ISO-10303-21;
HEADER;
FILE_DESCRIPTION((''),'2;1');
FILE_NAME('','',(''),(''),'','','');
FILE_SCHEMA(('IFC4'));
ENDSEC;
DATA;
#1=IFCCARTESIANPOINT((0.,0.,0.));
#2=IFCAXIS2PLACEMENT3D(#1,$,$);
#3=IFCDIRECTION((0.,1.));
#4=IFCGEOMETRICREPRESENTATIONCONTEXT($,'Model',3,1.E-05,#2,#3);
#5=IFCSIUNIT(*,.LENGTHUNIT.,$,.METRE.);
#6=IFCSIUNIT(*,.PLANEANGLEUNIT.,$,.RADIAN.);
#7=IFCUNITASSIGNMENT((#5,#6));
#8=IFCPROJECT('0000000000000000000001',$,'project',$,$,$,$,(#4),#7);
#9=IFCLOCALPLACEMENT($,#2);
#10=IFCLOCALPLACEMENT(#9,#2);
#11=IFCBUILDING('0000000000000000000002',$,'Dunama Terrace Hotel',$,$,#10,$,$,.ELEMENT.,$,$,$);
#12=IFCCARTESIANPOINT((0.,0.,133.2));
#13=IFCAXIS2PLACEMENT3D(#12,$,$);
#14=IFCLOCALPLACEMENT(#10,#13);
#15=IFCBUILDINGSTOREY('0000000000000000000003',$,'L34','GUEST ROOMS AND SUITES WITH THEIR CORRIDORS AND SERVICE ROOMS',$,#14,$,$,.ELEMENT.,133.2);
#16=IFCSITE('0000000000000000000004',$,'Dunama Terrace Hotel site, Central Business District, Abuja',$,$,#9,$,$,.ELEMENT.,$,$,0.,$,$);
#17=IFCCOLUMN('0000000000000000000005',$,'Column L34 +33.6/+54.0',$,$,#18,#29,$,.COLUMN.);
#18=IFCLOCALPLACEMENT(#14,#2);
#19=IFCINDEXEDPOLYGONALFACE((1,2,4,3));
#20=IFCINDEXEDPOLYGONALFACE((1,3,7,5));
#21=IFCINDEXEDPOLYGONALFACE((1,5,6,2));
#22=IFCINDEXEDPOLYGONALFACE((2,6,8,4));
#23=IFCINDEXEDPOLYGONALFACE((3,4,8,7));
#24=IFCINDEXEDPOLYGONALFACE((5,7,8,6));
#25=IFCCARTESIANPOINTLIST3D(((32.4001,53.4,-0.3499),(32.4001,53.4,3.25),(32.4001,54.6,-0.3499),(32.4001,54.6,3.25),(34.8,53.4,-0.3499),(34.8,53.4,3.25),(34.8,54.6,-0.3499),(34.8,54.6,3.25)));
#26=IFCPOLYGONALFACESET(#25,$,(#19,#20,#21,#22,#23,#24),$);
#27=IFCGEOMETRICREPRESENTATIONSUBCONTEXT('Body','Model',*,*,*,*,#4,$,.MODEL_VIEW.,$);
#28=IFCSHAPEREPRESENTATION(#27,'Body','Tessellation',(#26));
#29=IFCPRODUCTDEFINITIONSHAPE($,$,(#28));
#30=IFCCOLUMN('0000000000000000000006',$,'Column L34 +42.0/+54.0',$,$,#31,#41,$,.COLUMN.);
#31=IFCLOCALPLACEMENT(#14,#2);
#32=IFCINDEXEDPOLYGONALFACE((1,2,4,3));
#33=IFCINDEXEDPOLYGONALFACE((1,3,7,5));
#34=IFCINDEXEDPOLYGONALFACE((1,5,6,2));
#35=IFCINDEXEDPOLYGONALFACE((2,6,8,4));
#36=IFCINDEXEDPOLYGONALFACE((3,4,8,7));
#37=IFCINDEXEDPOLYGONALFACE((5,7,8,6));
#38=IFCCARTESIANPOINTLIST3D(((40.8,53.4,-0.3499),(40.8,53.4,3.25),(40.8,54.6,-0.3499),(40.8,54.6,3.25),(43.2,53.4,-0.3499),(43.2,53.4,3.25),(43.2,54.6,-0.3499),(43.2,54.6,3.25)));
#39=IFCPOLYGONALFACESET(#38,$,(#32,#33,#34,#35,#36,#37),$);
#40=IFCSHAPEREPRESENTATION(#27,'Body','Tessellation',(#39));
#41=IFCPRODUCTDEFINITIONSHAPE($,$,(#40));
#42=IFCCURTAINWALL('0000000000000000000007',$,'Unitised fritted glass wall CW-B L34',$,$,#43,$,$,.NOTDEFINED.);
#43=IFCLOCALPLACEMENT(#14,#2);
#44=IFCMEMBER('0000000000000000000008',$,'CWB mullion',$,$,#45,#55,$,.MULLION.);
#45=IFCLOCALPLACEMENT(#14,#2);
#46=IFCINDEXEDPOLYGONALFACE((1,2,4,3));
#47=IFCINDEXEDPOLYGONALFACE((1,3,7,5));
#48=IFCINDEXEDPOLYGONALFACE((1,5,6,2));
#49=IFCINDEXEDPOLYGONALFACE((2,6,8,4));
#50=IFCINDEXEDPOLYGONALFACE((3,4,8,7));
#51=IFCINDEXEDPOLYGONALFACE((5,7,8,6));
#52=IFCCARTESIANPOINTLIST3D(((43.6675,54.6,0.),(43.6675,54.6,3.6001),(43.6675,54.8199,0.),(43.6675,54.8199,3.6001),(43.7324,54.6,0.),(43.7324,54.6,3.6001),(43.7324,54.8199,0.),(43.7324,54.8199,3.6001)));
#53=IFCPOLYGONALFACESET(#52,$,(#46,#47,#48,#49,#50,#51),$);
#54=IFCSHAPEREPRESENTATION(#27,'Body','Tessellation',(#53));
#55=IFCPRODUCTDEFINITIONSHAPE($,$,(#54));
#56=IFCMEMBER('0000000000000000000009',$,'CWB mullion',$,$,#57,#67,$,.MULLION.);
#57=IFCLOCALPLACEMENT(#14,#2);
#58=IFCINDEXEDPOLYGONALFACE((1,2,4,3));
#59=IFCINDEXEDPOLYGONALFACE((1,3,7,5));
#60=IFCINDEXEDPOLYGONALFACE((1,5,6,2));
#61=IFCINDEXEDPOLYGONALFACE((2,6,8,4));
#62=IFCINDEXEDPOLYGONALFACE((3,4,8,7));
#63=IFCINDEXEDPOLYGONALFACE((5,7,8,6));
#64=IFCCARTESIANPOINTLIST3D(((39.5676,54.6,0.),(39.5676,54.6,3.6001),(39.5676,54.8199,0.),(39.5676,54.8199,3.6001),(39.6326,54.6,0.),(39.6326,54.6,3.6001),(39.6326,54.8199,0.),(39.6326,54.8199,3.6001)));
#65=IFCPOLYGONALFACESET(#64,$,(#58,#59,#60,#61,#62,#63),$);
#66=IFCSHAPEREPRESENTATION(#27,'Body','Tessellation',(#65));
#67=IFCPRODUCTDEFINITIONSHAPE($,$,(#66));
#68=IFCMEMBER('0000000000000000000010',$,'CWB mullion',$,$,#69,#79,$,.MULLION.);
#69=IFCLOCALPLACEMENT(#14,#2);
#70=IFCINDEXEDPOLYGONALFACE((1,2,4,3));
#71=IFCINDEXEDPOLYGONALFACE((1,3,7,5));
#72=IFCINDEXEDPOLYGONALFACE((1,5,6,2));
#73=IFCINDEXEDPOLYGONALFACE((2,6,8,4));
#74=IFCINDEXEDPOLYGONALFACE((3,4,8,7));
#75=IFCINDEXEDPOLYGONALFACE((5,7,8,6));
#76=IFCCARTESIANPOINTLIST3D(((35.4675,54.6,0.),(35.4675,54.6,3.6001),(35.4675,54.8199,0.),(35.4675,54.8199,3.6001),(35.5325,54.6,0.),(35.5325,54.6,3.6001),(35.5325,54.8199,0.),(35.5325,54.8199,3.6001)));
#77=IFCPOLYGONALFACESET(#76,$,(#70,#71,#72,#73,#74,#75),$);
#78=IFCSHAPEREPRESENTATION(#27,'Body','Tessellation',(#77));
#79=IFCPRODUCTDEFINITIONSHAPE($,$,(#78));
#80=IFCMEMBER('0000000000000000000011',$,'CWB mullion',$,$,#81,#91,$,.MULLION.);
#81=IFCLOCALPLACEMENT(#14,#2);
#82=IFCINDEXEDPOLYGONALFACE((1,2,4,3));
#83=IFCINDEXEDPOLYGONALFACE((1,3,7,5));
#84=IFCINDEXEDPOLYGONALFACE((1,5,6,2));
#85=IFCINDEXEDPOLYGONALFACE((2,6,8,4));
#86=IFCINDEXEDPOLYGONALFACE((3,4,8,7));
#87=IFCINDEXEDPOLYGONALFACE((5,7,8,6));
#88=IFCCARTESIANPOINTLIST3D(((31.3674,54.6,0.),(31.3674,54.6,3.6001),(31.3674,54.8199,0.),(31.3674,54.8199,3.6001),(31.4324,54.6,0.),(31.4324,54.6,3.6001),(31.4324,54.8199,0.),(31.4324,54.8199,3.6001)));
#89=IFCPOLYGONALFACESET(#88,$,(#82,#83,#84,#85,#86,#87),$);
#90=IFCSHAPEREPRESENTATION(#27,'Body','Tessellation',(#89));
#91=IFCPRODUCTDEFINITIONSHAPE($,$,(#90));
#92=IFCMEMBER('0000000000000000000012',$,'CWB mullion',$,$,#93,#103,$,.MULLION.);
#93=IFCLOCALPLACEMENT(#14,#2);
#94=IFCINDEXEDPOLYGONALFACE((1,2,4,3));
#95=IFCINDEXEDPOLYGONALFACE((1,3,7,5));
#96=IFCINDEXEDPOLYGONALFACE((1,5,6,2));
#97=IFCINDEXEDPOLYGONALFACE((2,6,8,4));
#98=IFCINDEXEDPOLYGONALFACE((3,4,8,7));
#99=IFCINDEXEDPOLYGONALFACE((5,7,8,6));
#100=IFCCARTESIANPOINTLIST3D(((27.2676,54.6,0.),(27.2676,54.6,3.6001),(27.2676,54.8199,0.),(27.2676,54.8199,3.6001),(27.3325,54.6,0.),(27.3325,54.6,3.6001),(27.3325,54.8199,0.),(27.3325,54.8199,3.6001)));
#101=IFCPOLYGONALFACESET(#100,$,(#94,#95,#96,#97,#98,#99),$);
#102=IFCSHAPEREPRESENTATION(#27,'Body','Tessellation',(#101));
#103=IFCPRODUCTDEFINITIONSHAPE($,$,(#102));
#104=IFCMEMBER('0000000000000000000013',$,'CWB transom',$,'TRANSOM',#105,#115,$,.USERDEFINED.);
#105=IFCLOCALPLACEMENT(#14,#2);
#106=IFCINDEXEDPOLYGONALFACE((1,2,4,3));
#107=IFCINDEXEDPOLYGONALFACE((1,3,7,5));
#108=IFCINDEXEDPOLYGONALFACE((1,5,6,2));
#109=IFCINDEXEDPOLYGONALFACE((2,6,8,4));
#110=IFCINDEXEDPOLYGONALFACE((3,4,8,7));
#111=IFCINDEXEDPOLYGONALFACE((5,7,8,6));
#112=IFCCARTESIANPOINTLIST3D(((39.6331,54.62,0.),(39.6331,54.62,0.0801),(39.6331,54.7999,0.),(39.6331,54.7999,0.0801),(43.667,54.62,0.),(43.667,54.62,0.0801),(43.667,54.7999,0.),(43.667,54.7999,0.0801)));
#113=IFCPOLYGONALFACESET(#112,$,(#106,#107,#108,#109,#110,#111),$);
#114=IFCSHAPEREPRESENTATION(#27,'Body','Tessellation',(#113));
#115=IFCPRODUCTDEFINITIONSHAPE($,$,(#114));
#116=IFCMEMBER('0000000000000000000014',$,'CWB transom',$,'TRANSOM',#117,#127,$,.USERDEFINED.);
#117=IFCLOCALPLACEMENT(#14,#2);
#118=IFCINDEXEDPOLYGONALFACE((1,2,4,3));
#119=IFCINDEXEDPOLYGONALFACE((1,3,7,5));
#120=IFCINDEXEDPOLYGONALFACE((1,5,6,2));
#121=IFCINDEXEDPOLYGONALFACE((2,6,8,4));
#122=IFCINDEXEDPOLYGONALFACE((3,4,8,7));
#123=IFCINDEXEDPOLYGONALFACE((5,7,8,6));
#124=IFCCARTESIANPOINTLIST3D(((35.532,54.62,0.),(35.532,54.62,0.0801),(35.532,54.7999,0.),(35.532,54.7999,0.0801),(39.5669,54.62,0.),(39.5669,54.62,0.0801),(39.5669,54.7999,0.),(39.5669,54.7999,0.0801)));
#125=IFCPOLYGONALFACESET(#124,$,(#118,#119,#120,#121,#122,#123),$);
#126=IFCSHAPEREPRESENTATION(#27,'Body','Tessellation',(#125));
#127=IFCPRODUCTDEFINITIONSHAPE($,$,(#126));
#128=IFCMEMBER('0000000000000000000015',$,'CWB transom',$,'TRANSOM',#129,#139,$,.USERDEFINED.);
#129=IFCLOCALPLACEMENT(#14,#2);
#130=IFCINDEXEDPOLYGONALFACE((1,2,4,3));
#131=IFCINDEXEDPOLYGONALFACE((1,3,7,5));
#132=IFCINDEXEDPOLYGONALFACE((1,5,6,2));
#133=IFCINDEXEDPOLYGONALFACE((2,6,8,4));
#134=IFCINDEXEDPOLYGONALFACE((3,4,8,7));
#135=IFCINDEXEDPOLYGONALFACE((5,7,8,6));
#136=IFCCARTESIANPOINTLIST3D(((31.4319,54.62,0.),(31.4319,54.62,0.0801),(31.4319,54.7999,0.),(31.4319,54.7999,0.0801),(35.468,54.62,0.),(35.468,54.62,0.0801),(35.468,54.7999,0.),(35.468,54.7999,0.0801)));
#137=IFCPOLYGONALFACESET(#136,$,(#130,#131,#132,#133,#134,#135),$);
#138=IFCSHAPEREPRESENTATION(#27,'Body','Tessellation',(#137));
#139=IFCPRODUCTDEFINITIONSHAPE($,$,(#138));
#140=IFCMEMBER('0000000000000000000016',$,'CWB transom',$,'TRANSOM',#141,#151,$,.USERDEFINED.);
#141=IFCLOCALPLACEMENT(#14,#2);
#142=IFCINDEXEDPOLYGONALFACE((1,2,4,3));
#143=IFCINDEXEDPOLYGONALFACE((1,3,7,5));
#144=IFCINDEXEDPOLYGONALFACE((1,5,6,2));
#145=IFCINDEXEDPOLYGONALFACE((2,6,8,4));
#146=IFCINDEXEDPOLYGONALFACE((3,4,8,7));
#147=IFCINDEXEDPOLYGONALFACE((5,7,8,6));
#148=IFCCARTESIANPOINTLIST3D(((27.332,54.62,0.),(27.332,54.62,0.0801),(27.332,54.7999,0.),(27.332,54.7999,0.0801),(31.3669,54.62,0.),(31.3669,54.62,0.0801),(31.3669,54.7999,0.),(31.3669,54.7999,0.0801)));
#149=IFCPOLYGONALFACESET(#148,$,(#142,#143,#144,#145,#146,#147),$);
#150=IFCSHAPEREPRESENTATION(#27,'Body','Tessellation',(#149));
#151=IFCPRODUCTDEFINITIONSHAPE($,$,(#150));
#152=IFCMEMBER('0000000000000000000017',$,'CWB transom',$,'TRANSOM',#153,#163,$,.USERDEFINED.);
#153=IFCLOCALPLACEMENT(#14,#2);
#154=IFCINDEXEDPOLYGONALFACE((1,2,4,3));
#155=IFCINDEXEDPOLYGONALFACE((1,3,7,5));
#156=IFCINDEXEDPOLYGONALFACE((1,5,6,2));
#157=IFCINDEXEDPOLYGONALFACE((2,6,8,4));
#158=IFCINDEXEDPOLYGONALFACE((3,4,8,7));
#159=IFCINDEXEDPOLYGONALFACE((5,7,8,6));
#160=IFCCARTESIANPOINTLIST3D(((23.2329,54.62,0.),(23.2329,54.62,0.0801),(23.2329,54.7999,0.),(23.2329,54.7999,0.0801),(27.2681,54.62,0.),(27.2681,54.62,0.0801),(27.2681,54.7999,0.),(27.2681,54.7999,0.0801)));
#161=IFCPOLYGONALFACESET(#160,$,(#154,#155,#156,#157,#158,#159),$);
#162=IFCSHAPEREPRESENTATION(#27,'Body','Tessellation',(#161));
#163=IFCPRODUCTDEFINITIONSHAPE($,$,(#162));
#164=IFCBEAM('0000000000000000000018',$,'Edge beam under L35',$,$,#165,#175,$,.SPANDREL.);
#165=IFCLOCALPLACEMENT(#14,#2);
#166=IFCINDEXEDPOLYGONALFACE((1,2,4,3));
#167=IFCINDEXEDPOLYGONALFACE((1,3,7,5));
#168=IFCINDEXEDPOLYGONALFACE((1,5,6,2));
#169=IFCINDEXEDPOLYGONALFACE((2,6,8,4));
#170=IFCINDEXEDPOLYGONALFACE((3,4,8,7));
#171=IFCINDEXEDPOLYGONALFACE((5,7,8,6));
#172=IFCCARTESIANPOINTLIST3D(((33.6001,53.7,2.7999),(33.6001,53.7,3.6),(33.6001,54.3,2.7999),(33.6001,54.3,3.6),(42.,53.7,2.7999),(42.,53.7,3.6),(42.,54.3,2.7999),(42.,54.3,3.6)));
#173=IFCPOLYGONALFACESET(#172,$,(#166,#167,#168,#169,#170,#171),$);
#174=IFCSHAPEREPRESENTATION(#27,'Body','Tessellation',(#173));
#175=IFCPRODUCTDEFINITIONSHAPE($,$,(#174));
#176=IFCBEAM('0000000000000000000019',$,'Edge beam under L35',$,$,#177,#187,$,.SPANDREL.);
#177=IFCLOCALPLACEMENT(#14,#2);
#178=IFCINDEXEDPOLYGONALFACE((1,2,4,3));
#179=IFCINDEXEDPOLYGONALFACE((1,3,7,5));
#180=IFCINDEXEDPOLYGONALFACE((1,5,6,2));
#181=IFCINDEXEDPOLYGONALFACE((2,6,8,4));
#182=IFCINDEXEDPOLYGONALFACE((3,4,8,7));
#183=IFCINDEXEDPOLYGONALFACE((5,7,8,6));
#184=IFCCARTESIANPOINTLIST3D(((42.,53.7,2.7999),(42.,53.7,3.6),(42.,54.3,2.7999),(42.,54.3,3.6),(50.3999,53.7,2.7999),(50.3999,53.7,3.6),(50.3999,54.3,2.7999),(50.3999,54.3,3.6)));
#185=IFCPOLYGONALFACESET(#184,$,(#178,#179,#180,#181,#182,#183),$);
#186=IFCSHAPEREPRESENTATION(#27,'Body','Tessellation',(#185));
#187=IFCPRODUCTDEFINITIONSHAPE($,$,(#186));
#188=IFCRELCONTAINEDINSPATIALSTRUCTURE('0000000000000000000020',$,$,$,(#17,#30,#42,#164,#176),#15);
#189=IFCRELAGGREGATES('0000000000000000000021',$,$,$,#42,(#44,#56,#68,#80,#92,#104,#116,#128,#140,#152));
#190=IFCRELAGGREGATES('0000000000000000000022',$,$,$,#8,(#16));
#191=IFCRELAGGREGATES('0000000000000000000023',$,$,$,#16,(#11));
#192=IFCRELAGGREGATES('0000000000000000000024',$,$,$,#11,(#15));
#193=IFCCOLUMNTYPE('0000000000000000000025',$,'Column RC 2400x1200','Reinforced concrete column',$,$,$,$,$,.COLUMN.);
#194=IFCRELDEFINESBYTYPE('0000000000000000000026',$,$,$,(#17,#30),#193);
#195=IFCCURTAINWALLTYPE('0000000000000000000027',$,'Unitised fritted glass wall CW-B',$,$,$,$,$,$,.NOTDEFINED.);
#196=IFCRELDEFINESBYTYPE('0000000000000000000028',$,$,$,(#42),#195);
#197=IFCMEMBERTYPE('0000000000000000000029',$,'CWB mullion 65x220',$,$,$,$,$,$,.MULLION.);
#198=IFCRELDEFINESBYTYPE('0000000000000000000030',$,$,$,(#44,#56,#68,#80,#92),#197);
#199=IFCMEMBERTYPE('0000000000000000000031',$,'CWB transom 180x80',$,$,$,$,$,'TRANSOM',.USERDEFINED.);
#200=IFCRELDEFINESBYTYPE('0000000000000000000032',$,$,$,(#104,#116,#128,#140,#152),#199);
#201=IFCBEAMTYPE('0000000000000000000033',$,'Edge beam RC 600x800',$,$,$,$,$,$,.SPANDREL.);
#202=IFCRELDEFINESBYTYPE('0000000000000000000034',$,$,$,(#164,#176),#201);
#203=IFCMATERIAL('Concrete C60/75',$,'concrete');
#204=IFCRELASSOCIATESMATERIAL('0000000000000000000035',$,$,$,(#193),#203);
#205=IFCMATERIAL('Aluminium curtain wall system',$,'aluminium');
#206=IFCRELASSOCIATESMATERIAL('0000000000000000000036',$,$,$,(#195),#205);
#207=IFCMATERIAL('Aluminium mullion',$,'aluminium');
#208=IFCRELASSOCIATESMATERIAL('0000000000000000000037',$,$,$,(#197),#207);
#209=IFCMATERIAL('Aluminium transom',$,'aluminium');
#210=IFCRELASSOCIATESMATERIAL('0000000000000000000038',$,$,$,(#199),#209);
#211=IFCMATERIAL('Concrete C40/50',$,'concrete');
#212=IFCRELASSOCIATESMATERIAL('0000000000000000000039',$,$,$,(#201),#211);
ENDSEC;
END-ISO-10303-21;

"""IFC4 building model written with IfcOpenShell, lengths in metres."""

from ifc_helpers import new_model, si_unit, direction, frame, origin, origin_2d, place, context, subcontext, project, spatial, rectangle, extrude, material, material_profile, profile_set, type_object, element, aggregate, save


model = new_model("IFC4")

# Units and contexts
model_context = context("Model", 3, precision=1e-05, world=origin(), true_north=direction((0.0, 1.0)))
body_context = subcontext(model_context, "Body", "Model", "MODEL_VIEW")
ifc_project = project(units=[si_unit("LENGTHUNIT", "METRE"), si_unit("PLANEANGLEUNIT", "RADIAN")], contexts=[model_context])

# Site, building, storey
site_placement = place(None, origin())
site = spatial("IfcSite", under=ifc_project, at=site_placement, Name="Dunama Terrace Hotel site, Central Business District, Abuja", CompositionType="ELEMENT", RefElevation=0.0)
building_placement = place(site_placement, origin())
building = spatial("IfcBuilding", under=site, at=building_placement, Name="Dunama Terrace Hotel", CompositionType="ELEMENT")
storey_placement = place(building_placement, frame((0.0, 0.0, 133.2)))
storey = spatial("IfcBuildingStorey", under=building, at=storey_placement, Name="L34", Description="GUEST ROOMS AND SUITES WITH THEIR CORRIDORS AND SERVICE ROOMS", CompositionType="ELEMENT", Elevation=133.2)

# Columns
ifc_material_1 = material(Name="Concrete C60/75", Category="concrete")
ifc_material_profile_1 = material_profile(ifc_material_1, rectangle(XDim=2.3999, YDim=1.2, at=origin_2d()), Name="RC 2400x1200")
ifc_profile_set_1 = profile_set([ifc_material_profile_1], Name="Concrete C60/75")
column_type = type_object("IfcColumnType", Name="Column RC 2400x1200", Description="Reinforced concrete column", PredefinedType="COLUMN", material=ifc_profile_set_1)
for number, where, z_axis, x_axis, name in (
    (1, (33.6001, 54.0, -0.3499), (0.0, 0.0, 1.0), (1.0, 0.0, 0.0), "Column L34 +33.6/+54.0"),
    (2, (42.0, 54.0, -0.3499), (0.0, 0.0, 1.0), (1.0, 0.0, 0.0), "Column L34 +42.0/+54.0"),
):
    element("IfcColumn", number, at=place(storey_placement, frame(where, z_axis=z_axis, x_axis=x_axis)), inside=storey, type_object=column_type, Name=name, PredefinedType="COLUMN", context=body_context, shape_type="SweptSolid", body=[
        extrude(rectangle(XDim=2.3999, YDim=1.2, at=origin_2d()), origin(), (0.0, 0.0, 1.0), 3.5999),
    ])

# Curtain wall, members
ifc_material_2 = material(Name="Aluminium curtain wall system", Category="aluminium")
curtain_wall_type = type_object("IfcCurtainWallType", Name="Unitised fritted glass wall CW-B", PredefinedType="NOTDEFINED", material=ifc_material_2)
curtain_wall_placement = place(storey_placement, origin())
curtain_wall = element("IfcCurtainWall", 3, at=curtain_wall_placement, inside=storey, type_object=curtain_wall_type, Name="Unitised fritted glass wall CW-B L34", PredefinedType="NOTDEFINED")
ifc_material_3 = material(Name="Aluminium mullion", Category="aluminium")
ifc_material_profile_2 = material_profile(ifc_material_3, rectangle(XDim=0.0649, YDim=0.22, at=origin_2d()), Name="CWB MULLION 65X220")
ifc_profile_set_2 = profile_set([ifc_material_profile_2], Name="Aluminium mullion")
member_type_1 = type_object("IfcMemberType", Name="CWB mullion 65x220", PredefinedType="MULLION", material=ifc_profile_set_2)
member_1_placement = place(storey_placement, frame((43.7, 54.71, 0.0), z_axis=(0.0, 0.0, 1.0), x_axis=(-1.0, 0.0, 0.0)))
member_1 = element("IfcMember", 4, at=member_1_placement, type_object=member_type_1, Name="CWB mullion", PredefinedType="MULLION", context=body_context, shape_type="SweptSolid", body=[
    extrude(rectangle(XDim=0.0649, YDim=0.22, at=origin_2d()), origin(), (0.0, 0.0, 1.0), 3.6001),
])
member_2_placement = place(storey_placement, frame((39.6001, 54.71, 0.0), z_axis=(0.0, 0.0, 1.0), x_axis=(-1.0, 0.0, 0.0)))
member_2 = element("IfcMember", 5, at=member_2_placement, type_object=member_type_1, Name="CWB mullion", PredefinedType="MULLION", context=body_context, shape_type="SweptSolid", body=[
    extrude(rectangle(XDim=0.0649, YDim=0.22, at=origin_2d()), origin(), (0.0, 0.0, 1.0), 3.6001),
])
member_3_placement = place(storey_placement, frame((35.5, 54.71, 0.0), z_axis=(0.0, 0.0, 1.0), x_axis=(-1.0, 0.0, 0.0)))
member_3 = element("IfcMember", 6, at=member_3_placement, type_object=member_type_1, Name="CWB mullion", PredefinedType="MULLION", context=body_context, shape_type="SweptSolid", body=[
    extrude(rectangle(XDim=0.0649, YDim=0.22, at=origin_2d()), origin(), (0.0, 0.0, 1.0), 3.6001),
])
member_4_placement = place(storey_placement, frame((31.3999, 54.71, 0.0), z_axis=(0.0, 0.0, 1.0), x_axis=(-1.0, 0.0, 0.0)))
member_4 = element("IfcMember", 7, at=member_4_placement, type_object=member_type_1, Name="CWB mullion", PredefinedType="MULLION", context=body_context, shape_type="SweptSolid", body=[
    extrude(rectangle(XDim=0.0649, YDim=0.22, at=origin_2d()), origin(), (0.0, 0.0, 1.0), 3.6001),
])
member_5_placement = place(storey_placement, frame((27.3, 54.71, 0.0), z_axis=(0.0, 0.0, 1.0), x_axis=(-1.0, 0.0, 0.0)))
member_5 = element("IfcMember", 8, at=member_5_placement, type_object=member_type_1, Name="CWB mullion", PredefinedType="MULLION", context=body_context, shape_type="SweptSolid", body=[
    extrude(rectangle(XDim=0.0649, YDim=0.22, at=origin_2d()), origin(), (0.0, 0.0, 1.0), 3.6001),
])
ifc_material_4 = material(Name="Aluminium transom", Category="aluminium")
ifc_material_profile_3 = material_profile(ifc_material_4, rectangle(XDim=0.1799, YDim=0.0801, at=origin_2d()), Name="CWB TRANSOM 180X80")
ifc_profile_set_3 = profile_set([ifc_material_profile_3], Name="Aluminium transom")
member_type_2 = type_object("IfcMemberType", Name="CWB transom 180x80", ElementType="TRANSOM", PredefinedType="USERDEFINED", material=ifc_profile_set_3)
member_6_placement = place(storey_placement, frame((43.667, 54.71, 0.04), z_axis=(-1.0, 0.0, 0.0), x_axis=(0.0, -1.0, 0.0)))
member_6 = element("IfcMember", 9, at=member_6_placement, type_object=member_type_2, Name="CWB transom", ObjectType="TRANSOM", PredefinedType="USERDEFINED", context=body_context, shape_type="SweptSolid", body=[
    extrude(rectangle(XDim=0.1799, YDim=0.0801, at=origin_2d()), origin(), (0.0, 0.0, 1.0), 4.0339),
])
member_7_placement = place(storey_placement, frame((39.5669, 54.71, 0.04), z_axis=(-1.0, 0.0, 0.0), x_axis=(0.0, -1.0, 0.0)))
member_7 = element("IfcMember", 10, at=member_7_placement, type_object=member_type_2, Name="CWB transom", ObjectType="TRANSOM", PredefinedType="USERDEFINED", context=body_context, shape_type="SweptSolid", body=[
    extrude(rectangle(XDim=0.1799, YDim=0.0801, at=origin_2d()), origin(), (0.0, 0.0, 1.0), 4.0349),
])
member_8_placement = place(storey_placement, frame((35.468, 54.71, 0.04), z_axis=(-1.0, 0.0, 0.0), x_axis=(0.0, -1.0, 0.0)))
member_8 = element("IfcMember", 11, at=member_8_placement, type_object=member_type_2, Name="CWB transom", ObjectType="TRANSOM", PredefinedType="USERDEFINED", context=body_context, shape_type="SweptSolid", body=[
    extrude(rectangle(XDim=0.1799, YDim=0.0801, at=origin_2d()), origin(), (0.0, 0.0, 1.0), 4.0361),
])
member_9_placement = place(storey_placement, frame((31.3669, 54.71, 0.04), z_axis=(-1.0, 0.0, 0.0), x_axis=(0.0, -1.0, 0.0)))
member_9 = element("IfcMember", 12, at=member_9_placement, type_object=member_type_2, Name="CWB transom", ObjectType="TRANSOM", PredefinedType="USERDEFINED", context=body_context, shape_type="SweptSolid", body=[
    extrude(rectangle(XDim=0.1799, YDim=0.0801, at=origin_2d()), origin(), (0.0, 0.0, 1.0), 4.0349),
])
member_10_placement = place(storey_placement, frame((27.2681, 54.71, 0.04), z_axis=(-1.0, 0.0, 0.0), x_axis=(0.0, -1.0, 0.0)))
member_10 = element("IfcMember", 13, at=member_10_placement, type_object=member_type_2, Name="CWB transom", ObjectType="TRANSOM", PredefinedType="USERDEFINED", context=body_context, shape_type="SweptSolid", body=[
    extrude(rectangle(XDim=0.1799, YDim=0.0801, at=origin_2d()), origin(), (0.0, 0.0, 1.0), 4.0352),
])

# Beams
ifc_material_5 = material(Name="Concrete C40/50", Category="concrete")
ifc_material_profile_4 = material_profile(ifc_material_5, rectangle(XDim=0.6001, YDim=0.8, at=origin_2d()), Name="RC 600x800")
ifc_profile_set_4 = profile_set([ifc_material_profile_4], Name="Concrete C40/50")
beam_type = type_object("IfcBeamType", Name="Edge beam RC 600x800", PredefinedType="SPANDREL", material=ifc_profile_set_4)
for number, where, z_axis, x_axis, name in (
    (14, (33.6001, 54.0, 3.2), (1.0, 0.0, 0.0), (0.0, 1.0, 0.0), "Edge beam under L35"),
    (15, (42.0, 54.0, 3.2), (1.0, 0.0, 0.0), (0.0, 1.0, 0.0), "Edge beam under L35"),
):
    element("IfcBeam", number, at=place(storey_placement, frame(where, z_axis=z_axis, x_axis=x_axis)), inside=storey, type_object=beam_type, Name=name, PredefinedType="SPANDREL", context=body_context, shape_type="SweptSolid", body=[
        extrude(rectangle(XDim=0.6001, YDim=0.8, at=origin_2d()), origin(), (0.0, 0.0, 1.0), 8.3999),
    ])

aggregate(curtain_wall, [member_1, member_2, member_3, member_4, member_5, member_6, member_7, member_8, member_9, member_10])

save(model, "model.ifc")
